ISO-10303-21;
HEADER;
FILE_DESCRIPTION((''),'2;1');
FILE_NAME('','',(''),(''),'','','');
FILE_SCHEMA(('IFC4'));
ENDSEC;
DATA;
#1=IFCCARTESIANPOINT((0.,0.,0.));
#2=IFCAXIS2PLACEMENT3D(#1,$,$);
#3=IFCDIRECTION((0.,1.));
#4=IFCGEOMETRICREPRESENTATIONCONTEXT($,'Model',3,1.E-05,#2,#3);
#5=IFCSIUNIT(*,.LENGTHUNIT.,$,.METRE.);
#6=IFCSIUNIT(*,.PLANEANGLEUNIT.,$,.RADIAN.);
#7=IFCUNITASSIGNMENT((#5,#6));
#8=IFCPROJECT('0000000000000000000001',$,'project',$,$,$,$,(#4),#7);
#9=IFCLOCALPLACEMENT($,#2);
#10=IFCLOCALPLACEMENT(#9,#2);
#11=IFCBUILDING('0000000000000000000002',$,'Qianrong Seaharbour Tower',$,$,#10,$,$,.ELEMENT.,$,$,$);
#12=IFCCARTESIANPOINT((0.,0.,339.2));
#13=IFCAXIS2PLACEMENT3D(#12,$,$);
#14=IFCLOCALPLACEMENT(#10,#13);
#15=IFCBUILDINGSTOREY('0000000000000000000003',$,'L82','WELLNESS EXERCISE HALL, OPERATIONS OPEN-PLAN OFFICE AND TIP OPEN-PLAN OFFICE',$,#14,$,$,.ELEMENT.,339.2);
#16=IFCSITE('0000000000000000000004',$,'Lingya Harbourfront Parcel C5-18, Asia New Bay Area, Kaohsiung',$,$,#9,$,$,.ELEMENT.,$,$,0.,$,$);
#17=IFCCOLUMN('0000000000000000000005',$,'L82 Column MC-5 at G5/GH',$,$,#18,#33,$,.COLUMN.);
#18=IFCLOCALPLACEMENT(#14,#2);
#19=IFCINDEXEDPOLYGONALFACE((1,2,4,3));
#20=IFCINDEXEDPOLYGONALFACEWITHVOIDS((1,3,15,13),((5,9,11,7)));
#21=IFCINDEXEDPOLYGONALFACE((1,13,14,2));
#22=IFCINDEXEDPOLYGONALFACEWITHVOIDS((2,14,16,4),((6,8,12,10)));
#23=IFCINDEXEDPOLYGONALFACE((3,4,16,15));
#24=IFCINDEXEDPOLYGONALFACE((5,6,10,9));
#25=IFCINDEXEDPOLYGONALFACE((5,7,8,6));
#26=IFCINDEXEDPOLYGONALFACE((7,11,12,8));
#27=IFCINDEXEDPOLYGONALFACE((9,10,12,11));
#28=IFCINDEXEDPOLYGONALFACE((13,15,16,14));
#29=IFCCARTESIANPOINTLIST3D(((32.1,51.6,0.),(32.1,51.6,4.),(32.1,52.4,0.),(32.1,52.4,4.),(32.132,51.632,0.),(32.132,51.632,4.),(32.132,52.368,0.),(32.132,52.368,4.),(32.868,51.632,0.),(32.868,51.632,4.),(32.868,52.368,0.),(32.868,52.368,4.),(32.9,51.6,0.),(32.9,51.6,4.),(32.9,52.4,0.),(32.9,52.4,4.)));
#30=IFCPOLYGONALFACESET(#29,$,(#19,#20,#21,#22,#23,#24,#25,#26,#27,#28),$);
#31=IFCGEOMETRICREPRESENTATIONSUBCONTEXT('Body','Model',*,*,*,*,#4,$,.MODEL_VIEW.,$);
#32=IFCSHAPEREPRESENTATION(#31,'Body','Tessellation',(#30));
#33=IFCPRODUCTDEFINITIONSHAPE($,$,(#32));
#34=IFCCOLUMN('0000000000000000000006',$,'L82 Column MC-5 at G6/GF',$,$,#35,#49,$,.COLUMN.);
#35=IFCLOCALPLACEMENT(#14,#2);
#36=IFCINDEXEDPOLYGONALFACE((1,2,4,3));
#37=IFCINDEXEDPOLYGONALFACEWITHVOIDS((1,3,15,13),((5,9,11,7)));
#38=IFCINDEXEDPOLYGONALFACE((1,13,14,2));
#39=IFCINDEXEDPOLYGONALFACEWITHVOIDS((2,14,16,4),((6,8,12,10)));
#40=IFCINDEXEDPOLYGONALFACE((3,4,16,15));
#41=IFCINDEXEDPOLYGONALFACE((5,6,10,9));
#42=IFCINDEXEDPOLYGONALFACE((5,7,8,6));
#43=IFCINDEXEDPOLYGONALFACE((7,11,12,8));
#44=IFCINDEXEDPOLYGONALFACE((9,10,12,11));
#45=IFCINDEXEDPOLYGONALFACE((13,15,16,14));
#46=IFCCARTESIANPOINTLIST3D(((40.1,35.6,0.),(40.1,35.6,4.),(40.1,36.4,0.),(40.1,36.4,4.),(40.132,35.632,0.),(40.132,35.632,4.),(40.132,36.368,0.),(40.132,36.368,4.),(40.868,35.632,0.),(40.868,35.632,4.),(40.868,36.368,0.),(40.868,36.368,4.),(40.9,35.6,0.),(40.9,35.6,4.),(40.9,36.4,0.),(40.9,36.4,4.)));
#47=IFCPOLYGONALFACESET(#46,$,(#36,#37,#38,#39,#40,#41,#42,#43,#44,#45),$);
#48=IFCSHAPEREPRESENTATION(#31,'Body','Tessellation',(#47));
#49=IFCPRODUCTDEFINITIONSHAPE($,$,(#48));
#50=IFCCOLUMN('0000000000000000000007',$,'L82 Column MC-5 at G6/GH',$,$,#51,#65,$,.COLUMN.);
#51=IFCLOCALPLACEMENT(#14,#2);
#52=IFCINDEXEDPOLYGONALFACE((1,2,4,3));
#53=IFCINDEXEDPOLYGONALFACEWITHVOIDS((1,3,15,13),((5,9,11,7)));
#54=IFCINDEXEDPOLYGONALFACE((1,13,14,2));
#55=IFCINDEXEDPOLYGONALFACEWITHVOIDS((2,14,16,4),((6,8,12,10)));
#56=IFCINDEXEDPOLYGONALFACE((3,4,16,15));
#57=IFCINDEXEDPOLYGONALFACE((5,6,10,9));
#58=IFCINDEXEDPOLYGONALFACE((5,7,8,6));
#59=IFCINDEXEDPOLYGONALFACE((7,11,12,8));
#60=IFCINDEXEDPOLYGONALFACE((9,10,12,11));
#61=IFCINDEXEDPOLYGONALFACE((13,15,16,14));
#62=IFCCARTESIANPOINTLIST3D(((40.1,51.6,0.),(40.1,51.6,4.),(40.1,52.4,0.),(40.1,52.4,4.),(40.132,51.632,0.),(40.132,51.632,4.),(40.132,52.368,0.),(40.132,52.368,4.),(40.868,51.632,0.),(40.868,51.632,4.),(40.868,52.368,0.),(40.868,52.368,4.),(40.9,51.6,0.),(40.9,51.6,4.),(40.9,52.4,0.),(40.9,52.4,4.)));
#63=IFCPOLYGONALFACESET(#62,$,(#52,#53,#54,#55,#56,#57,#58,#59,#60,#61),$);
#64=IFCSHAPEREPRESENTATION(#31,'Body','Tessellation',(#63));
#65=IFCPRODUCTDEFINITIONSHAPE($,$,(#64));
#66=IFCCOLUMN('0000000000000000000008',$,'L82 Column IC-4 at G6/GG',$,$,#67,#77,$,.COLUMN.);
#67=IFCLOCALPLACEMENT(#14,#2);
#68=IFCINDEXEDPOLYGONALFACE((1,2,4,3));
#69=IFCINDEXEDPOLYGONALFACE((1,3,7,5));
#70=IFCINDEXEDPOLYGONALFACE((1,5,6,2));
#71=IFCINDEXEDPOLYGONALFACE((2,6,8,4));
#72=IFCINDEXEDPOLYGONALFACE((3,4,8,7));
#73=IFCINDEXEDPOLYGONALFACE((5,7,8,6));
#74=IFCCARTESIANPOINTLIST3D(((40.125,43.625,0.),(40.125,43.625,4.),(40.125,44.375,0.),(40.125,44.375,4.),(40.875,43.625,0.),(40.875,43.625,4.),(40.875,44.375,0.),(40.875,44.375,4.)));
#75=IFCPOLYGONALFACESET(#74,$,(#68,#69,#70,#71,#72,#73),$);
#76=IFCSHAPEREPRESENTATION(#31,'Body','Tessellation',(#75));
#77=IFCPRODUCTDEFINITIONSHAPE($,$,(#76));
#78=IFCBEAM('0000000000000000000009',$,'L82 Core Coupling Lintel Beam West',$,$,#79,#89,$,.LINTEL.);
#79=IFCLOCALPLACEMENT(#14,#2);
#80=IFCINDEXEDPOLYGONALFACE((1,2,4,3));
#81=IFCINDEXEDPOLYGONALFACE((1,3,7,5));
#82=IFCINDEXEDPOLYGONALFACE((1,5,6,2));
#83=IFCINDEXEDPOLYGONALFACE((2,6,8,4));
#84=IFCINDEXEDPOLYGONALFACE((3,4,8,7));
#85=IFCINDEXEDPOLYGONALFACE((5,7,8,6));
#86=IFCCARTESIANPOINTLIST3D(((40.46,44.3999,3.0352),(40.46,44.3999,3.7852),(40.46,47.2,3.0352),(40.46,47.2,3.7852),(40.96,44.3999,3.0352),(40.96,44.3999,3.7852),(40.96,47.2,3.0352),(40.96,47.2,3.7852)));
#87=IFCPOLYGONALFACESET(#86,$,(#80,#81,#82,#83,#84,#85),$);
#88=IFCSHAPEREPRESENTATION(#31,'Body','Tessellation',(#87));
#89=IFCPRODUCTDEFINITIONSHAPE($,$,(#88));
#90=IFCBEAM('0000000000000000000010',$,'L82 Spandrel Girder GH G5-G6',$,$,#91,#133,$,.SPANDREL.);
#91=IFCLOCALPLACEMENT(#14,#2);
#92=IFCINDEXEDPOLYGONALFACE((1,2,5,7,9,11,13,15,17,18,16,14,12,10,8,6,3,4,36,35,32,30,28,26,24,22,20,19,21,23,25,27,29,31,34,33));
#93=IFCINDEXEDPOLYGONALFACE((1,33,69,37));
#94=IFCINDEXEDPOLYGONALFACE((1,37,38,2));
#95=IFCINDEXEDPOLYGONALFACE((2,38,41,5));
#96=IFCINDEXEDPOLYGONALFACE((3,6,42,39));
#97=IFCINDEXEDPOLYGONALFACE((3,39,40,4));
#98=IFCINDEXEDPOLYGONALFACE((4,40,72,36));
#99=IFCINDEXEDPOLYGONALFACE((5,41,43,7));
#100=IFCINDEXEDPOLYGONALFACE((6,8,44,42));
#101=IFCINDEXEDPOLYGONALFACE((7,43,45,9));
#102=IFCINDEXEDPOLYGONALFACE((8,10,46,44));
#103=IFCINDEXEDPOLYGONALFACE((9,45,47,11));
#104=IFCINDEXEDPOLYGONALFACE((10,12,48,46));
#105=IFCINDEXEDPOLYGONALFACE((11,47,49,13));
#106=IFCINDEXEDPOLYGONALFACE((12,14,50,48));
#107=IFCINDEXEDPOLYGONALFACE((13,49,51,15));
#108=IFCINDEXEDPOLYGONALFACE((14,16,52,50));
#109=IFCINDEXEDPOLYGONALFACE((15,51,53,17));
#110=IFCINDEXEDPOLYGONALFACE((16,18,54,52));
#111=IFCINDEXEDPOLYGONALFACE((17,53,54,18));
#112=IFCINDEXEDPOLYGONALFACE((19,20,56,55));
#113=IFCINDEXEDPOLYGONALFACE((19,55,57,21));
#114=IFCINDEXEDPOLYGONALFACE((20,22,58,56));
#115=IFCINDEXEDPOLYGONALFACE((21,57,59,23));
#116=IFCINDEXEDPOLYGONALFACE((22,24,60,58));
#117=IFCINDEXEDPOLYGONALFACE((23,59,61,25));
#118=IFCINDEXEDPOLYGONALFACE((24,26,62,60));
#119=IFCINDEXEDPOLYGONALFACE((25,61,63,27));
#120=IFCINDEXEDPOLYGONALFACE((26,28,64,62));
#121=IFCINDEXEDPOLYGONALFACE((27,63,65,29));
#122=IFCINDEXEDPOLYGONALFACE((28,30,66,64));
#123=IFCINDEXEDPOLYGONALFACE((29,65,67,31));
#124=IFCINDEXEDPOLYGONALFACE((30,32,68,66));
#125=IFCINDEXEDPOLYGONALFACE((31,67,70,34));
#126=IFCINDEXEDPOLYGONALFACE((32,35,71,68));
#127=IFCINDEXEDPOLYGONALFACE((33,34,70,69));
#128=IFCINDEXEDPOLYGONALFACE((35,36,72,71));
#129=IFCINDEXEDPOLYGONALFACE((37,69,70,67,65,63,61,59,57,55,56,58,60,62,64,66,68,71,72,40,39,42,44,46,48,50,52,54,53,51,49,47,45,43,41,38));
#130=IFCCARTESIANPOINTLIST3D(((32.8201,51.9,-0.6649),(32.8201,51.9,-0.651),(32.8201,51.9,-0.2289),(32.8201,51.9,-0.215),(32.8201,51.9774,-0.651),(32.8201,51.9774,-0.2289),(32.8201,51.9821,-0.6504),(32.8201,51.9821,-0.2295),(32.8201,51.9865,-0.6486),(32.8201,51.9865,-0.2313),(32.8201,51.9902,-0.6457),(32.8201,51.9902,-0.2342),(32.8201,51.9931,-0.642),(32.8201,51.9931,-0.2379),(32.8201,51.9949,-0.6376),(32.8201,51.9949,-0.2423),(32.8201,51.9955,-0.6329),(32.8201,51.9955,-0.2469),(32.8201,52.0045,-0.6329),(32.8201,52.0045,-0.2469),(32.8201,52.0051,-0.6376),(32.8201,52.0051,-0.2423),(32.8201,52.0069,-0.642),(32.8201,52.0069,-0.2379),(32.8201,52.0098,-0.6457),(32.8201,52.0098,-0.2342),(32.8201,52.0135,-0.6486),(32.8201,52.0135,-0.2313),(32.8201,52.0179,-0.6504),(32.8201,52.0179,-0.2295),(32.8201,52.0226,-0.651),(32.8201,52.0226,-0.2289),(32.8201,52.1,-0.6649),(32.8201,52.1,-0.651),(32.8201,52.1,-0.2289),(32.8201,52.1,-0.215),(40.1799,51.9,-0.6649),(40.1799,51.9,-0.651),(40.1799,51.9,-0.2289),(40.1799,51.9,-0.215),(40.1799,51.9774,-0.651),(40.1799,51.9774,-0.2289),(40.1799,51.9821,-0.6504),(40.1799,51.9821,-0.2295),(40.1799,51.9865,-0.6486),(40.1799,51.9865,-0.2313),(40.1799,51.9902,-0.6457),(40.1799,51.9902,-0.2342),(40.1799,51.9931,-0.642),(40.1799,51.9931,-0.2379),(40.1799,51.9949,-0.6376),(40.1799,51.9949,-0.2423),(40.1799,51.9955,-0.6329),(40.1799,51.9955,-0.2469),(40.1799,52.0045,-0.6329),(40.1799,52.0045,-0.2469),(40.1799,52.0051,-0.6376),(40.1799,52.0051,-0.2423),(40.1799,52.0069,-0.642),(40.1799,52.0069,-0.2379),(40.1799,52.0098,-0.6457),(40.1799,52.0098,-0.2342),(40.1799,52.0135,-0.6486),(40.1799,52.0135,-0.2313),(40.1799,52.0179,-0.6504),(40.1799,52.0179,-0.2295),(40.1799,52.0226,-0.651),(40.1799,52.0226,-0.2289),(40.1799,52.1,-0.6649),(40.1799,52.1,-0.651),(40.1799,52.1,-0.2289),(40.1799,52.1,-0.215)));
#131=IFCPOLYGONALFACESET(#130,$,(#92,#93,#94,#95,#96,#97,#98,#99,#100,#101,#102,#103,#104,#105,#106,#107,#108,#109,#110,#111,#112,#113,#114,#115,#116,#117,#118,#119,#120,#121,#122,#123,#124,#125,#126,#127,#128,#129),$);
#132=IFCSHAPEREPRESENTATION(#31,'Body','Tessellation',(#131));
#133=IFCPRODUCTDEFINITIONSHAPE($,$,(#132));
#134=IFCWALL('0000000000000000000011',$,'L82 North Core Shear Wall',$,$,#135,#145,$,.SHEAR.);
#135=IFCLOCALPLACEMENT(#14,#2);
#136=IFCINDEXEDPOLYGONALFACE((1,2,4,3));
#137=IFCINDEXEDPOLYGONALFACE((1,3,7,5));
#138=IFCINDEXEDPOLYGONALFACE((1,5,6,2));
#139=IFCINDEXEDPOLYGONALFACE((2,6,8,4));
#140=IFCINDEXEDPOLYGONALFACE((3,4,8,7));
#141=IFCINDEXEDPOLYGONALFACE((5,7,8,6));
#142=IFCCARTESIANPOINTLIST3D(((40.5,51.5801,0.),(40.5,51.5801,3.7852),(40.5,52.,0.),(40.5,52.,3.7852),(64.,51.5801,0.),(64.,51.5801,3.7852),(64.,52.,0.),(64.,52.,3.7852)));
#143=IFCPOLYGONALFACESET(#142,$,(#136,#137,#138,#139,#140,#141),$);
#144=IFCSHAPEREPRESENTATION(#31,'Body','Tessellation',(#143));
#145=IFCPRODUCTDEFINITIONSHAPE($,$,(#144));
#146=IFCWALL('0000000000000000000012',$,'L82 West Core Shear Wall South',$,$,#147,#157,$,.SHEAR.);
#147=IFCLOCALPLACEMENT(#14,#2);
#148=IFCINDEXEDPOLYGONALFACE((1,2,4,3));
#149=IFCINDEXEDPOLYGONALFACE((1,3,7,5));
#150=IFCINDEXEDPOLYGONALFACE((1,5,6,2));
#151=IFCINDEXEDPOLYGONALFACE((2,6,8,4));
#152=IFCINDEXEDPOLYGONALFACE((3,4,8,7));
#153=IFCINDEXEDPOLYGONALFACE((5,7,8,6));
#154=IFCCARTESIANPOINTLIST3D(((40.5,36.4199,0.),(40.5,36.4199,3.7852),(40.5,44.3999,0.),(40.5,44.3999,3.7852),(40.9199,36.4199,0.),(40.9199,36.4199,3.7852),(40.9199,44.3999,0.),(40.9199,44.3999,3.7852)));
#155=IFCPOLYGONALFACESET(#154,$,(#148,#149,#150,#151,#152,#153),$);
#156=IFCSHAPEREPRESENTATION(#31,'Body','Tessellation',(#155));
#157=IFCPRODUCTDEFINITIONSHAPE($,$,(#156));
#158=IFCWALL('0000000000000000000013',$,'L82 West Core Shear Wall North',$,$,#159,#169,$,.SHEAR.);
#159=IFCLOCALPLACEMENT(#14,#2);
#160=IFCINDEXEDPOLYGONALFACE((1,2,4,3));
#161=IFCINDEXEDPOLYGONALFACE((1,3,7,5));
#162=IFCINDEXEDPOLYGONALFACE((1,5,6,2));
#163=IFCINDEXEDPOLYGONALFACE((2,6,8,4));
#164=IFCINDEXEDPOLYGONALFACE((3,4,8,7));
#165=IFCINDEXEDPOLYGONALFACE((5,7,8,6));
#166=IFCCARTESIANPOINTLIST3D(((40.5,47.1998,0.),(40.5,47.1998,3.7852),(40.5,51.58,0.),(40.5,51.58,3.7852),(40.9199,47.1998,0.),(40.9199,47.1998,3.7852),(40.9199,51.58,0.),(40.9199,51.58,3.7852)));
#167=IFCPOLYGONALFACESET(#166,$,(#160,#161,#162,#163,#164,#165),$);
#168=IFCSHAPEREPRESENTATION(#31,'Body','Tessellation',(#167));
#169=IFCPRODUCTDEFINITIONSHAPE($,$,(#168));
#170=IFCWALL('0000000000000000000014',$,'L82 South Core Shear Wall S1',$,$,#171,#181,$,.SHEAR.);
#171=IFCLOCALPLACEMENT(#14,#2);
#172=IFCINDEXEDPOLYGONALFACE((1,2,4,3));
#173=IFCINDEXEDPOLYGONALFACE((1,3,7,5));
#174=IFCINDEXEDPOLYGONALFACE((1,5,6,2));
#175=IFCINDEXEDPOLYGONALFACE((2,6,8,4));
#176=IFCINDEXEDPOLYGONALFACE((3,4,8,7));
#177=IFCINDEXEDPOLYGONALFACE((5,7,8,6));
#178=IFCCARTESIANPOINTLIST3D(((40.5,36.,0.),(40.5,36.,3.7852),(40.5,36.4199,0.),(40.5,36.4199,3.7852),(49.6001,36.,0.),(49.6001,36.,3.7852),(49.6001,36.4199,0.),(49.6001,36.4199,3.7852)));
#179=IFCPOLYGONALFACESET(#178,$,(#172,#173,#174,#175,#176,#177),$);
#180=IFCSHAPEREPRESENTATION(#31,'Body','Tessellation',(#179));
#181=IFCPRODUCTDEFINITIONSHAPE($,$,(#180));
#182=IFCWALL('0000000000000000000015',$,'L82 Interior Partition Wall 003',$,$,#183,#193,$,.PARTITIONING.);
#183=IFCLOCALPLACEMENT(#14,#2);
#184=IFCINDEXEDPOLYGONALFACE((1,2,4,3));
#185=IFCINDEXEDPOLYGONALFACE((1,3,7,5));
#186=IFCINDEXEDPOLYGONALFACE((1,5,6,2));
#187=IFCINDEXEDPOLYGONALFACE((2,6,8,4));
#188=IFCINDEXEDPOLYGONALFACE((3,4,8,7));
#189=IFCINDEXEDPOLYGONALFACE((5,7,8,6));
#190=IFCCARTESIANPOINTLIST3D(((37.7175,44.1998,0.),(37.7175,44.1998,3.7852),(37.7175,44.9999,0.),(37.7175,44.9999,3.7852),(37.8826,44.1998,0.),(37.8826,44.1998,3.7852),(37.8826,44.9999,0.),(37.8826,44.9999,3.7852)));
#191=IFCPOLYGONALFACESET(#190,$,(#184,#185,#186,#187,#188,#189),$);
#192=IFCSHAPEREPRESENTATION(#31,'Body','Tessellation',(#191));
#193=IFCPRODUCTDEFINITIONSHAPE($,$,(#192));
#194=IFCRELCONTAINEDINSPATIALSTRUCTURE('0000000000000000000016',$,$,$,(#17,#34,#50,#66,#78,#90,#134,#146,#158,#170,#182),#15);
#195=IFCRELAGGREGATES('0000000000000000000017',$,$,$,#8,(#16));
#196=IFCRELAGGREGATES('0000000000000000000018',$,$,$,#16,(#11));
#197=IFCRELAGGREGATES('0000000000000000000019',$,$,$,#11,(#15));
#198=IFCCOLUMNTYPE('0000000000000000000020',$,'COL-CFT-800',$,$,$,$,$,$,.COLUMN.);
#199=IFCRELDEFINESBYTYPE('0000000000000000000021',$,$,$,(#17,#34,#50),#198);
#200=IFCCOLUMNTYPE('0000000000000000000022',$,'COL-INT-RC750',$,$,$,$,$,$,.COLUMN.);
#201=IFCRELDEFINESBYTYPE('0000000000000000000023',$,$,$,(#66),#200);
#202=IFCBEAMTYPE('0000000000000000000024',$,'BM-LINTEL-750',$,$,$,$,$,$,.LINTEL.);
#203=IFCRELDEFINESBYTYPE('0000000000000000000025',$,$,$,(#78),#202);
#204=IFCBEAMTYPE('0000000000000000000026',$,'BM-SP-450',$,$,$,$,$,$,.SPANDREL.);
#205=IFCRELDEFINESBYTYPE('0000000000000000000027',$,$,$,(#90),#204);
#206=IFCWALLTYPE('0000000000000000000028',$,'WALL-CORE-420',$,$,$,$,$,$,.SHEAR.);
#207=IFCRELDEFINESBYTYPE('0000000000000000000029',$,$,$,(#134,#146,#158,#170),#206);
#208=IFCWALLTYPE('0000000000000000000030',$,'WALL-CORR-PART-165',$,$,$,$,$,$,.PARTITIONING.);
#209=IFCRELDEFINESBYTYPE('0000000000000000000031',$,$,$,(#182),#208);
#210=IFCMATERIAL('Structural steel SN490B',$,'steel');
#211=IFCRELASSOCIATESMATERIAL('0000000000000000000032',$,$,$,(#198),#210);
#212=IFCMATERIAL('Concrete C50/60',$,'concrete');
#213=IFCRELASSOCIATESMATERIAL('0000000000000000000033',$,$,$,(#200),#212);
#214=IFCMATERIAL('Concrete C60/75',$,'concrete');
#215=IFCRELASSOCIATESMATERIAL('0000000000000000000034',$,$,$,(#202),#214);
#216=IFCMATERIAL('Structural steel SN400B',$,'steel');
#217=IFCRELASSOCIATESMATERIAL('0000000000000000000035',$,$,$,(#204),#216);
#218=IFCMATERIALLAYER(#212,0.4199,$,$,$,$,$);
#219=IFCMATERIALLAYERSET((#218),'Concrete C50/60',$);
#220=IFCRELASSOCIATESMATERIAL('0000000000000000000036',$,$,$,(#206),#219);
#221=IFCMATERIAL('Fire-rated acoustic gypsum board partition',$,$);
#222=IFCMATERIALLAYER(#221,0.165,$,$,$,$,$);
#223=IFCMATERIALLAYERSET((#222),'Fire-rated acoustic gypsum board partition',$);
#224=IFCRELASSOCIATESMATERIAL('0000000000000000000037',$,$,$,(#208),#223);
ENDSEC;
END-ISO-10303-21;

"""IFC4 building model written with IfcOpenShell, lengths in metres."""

from ifc_helpers import new_model, si_unit, direction, frame, frame_2d, origin, origin_2d, place, context, subcontext, project, spatial, rectangle, hollow_rectangle, i_section, extrude, material, layer, layer_set, material_profile, profile_set, type_object, element, save


model = new_model("IFC4")

# Units and contexts
model_context = context("Model", 3, precision=1e-05, world=origin(), true_north=direction((0.0, 1.0)))
body_context = subcontext(model_context, "Body", "Model", "MODEL_VIEW")
ifc_project = project(units=[si_unit("LENGTHUNIT", "METRE"), si_unit("PLANEANGLEUNIT", "RADIAN")], contexts=[model_context])

# Site, building, storey
site_placement = place(None, origin())
site = spatial("IfcSite", under=ifc_project, at=site_placement, Name="Lingya Harbourfront Parcel C5-18, Asia New Bay Area, Kaohsiung", CompositionType="ELEMENT", RefElevation=0.0)
building_placement = place(site_placement, origin())
building = spatial("IfcBuilding", under=site, at=building_placement, Name="Qianrong Seaharbour Tower", CompositionType="ELEMENT")
storey_placement = place(building_placement, frame((0.0, 0.0, 339.2)))
storey = spatial("IfcBuildingStorey", under=building, at=storey_placement, Name="L82", Description="WELLNESS EXERCISE HALL, OPERATIONS OPEN-PLAN OFFICE AND TIP OPEN-PLAN OFFICE", CompositionType="ELEMENT", Elevation=339.2)

# Columns
ifc_material_1 = material(Name="Structural steel SN490B", Category="steel")
ifc_material_profile_1 = material_profile(ifc_material_1, hollow_rectangle(XDim=0.8, YDim=0.8, WallThickness=0.032, at=origin_2d()), Name="BOX800x800x32")
ifc_profile_set_1 = profile_set([ifc_material_profile_1], Name="Structural steel SN490B")
column_type_1 = type_object("IfcColumnType", Name="COL-CFT-800", PredefinedType="COLUMN", material=ifc_profile_set_1)
for number, where, z_axis, x_axis, name in (
    (1, (32.5, 52.0, 0.0), (0.0, 0.0, 1.0), (1.0, 0.0, 0.0), "L82 Column MC-5 at G5/GH"),
    (2, (40.5, 36.0, 0.0), (0.0, 0.0, 1.0), (1.0, 0.0, 0.0), "L82 Column MC-5 at G6/GF"),
    (3, (40.5, 52.0, 0.0), (0.0, 0.0, 1.0), (1.0, 0.0, 0.0), "L82 Column MC-5 at G6/GH"),
):
    element("IfcColumn", number, at=place(storey_placement, frame(where, z_axis=z_axis, x_axis=x_axis)), inside=storey, type_object=column_type_1, Name=name, PredefinedType="COLUMN", context=body_context, shape_type="SweptSolid", body=[
        extrude(hollow_rectangle(XDim=0.8, YDim=0.8, WallThickness=0.032, at=origin_2d()), origin(), (0.0, 0.0, 1.0), 4.0),
    ])
ifc_material_2 = material(Name="Concrete C50/60", Category="concrete")
ifc_material_profile_2 = material_profile(ifc_material_2, rectangle(XDim=0.75, YDim=0.75, at=origin_2d()), Name="RC750x750")
ifc_profile_set_2 = profile_set([ifc_material_profile_2], Name="Concrete C50/60")
column_type_2 = type_object("IfcColumnType", Name="COL-INT-RC750", PredefinedType="COLUMN", material=ifc_profile_set_2)
column_placement = place(storey_placement, frame((40.5, 44.0, 0.0), z_axis=(0.0, 0.0, 1.0), x_axis=(1.0, 0.0, 0.0)))
element("IfcColumn", 4, at=column_placement, inside=storey, type_object=column_type_2, Name="L82 Column IC-4 at G6/GG", PredefinedType="COLUMN", context=body_context, shape_type="SweptSolid", body=[
    extrude(rectangle(XDim=0.75, YDim=0.75, at=origin_2d()), origin(), (0.0, 0.0, 1.0), 4.0),
])

# Beams
ifc_material_3 = material(Name="Concrete C60/75", Category="concrete")
ifc_material_profile_3 = material_profile(ifc_material_3, rectangle(XDim=0.5, YDim=0.75, at=origin_2d()), Name="RC500x750")
ifc_profile_set_3 = profile_set([ifc_material_profile_3], Name="Concrete C60/75")
beam_type_1 = type_object("IfcBeamType", Name="BM-LINTEL-750", PredefinedType="LINTEL", material=ifc_profile_set_3)
beam_1_placement = place(storey_placement, frame((40.71, 44.3999, 3.4102), z_axis=(0.0, 1.0, 0.0), x_axis=(-1.0, 0.0, 0.0)))
element("IfcBeam", 5, at=beam_1_placement, inside=storey, type_object=beam_type_1, Name="L82 Core Coupling Lintel Beam West", PredefinedType="LINTEL", context=body_context, shape_type="SweptSolid", body=[
    extrude(rectangle(XDim=0.5, YDim=0.75, at=origin_2d()), origin(), (0.0, 0.0, 1.0), 2.8),
])
ifc_material_4 = material(Name="Structural steel SN400B", Category="steel")
ifc_material_profile_4 = material_profile(ifc_material_4, i_section(OverallWidth=0.2, OverallDepth=0.45, WebThickness=0.009, FlangeThickness=0.0139, FilletRadius=0.0181, at=origin_2d()), Name="H450x200x9x14")
ifc_profile_set_4 = profile_set([ifc_material_profile_4], Name="Structural steel SN400B")
beam_type_2 = type_object("IfcBeamType", Name="BM-SP-450", PredefinedType="SPANDREL", material=ifc_profile_set_4)
beam_2_placement = place(storey_placement, frame((32.8201, 52.0, -0.4399), z_axis=(1.0, 0.0, 0.0), x_axis=(0.0, 1.0, 0.0)))
element("IfcBeam", 6, at=beam_2_placement, inside=storey, type_object=beam_type_2, Name="L82 Spandrel Girder GH G5-G6", PredefinedType="SPANDREL", context=body_context, shape_type="SweptSolid", body=[
    extrude(i_section(OverallWidth=0.2, OverallDepth=0.45, WebThickness=0.009, FlangeThickness=0.0139, FilletRadius=0.0181, at=origin_2d()), origin(), (0.0, 0.0, 1.0), 7.3599),
])

# Walls
ifc_layer_1 = layer(ifc_material_2, 0.4199)
ifc_layer_set_1 = layer_set([ifc_layer_1], Name="Concrete C50/60")
wall_type_1 = type_object("IfcWallType", Name="WALL-CORE-420", PredefinedType="SHEAR", material=ifc_layer_set_1)
wall_1_placement = place(storey_placement, frame((40.5, 51.79, 0.0), z_axis=(0.0, 0.0, 1.0), x_axis=(1.0, 0.0, 0.0)))
element("IfcWall", 7, at=wall_1_placement, inside=storey, type_object=wall_type_1, Name="L82 North Core Shear Wall", PredefinedType="SHEAR", context=body_context, shape_type="SweptSolid", body=[
    extrude(rectangle(XDim=23.5, YDim=0.4199, at=frame_2d((11.75, 0.0))), origin(), (0.0, 0.0, 1.0), 3.7852),
])
wall_2_placement = place(storey_placement, frame((40.71, 36.4199, 0.0), z_axis=(0.0, 0.0, 1.0), x_axis=(0.0, 1.0, 0.0)))
element("IfcWall", 8, at=wall_2_placement, inside=storey, type_object=wall_type_1, Name="L82 West Core Shear Wall South", PredefinedType="SHEAR", context=body_context, shape_type="SweptSolid", body=[
    extrude(rectangle(XDim=7.98, YDim=0.4199, at=frame_2d((3.99, 0.0))), origin(), (0.0, 0.0, 1.0), 3.7852),
])
wall_3_placement = place(storey_placement, frame((40.71, 47.2, 0.0), z_axis=(0.0, 0.0, 1.0), x_axis=(0.0, 1.0, 0.0)))
element("IfcWall", 9, at=wall_3_placement, inside=storey, type_object=wall_type_1, Name="L82 West Core Shear Wall North", PredefinedType="SHEAR", context=body_context, shape_type="SweptSolid", body=[
    extrude(rectangle(XDim=4.3801, YDim=0.4199, at=frame_2d((2.1899, 0.0))), origin(), (0.0, 0.0, 1.0), 3.7852),
])
wall_4_placement = place(storey_placement, frame((40.5, 36.21, 0.0), z_axis=(0.0, 0.0, 1.0), x_axis=(1.0, 0.0, 0.0)))
element("IfcWall", 10, at=wall_4_placement, inside=storey, type_object=wall_type_1, Name="L82 South Core Shear Wall S1", PredefinedType="SHEAR", context=body_context, shape_type="SweptSolid", body=[
    extrude(rectangle(XDim=9.1001, YDim=0.4199, at=frame_2d((4.55, 0.0))), origin(), (0.0, 0.0, 1.0), 3.7852),
])

# Shared definitions
ifc_material_5 = material(Name="Fire-rated acoustic gypsum board partition")
ifc_layer_2 = layer(ifc_material_5, 0.165)
ifc_layer_set_2 = layer_set([ifc_layer_2], Name="Fire-rated acoustic gypsum board partition")
wall_type_2 = type_object("IfcWallType", Name="WALL-CORR-PART-165", PredefinedType="PARTITIONING", material=ifc_layer_set_2)

# Wall
wall_5_placement = place(storey_placement, frame((37.8, 44.2, 0.0), z_axis=(0.0, 0.0, 1.0), x_axis=(0.0, 1.0, 0.0)))
element("IfcWall", 11, at=wall_5_placement, inside=storey, type_object=wall_type_2, Name="L82 Interior Partition Wall 003", PredefinedType="PARTITIONING", context=body_context, shape_type="SweptSolid", body=[
    extrude(rectangle(XDim=0.8, YDim=0.165, at=frame_2d((0.3999, 0.0))), origin(), (0.0, 0.0, 1.0), 3.7852),
])

save(model, "model.ifc")
